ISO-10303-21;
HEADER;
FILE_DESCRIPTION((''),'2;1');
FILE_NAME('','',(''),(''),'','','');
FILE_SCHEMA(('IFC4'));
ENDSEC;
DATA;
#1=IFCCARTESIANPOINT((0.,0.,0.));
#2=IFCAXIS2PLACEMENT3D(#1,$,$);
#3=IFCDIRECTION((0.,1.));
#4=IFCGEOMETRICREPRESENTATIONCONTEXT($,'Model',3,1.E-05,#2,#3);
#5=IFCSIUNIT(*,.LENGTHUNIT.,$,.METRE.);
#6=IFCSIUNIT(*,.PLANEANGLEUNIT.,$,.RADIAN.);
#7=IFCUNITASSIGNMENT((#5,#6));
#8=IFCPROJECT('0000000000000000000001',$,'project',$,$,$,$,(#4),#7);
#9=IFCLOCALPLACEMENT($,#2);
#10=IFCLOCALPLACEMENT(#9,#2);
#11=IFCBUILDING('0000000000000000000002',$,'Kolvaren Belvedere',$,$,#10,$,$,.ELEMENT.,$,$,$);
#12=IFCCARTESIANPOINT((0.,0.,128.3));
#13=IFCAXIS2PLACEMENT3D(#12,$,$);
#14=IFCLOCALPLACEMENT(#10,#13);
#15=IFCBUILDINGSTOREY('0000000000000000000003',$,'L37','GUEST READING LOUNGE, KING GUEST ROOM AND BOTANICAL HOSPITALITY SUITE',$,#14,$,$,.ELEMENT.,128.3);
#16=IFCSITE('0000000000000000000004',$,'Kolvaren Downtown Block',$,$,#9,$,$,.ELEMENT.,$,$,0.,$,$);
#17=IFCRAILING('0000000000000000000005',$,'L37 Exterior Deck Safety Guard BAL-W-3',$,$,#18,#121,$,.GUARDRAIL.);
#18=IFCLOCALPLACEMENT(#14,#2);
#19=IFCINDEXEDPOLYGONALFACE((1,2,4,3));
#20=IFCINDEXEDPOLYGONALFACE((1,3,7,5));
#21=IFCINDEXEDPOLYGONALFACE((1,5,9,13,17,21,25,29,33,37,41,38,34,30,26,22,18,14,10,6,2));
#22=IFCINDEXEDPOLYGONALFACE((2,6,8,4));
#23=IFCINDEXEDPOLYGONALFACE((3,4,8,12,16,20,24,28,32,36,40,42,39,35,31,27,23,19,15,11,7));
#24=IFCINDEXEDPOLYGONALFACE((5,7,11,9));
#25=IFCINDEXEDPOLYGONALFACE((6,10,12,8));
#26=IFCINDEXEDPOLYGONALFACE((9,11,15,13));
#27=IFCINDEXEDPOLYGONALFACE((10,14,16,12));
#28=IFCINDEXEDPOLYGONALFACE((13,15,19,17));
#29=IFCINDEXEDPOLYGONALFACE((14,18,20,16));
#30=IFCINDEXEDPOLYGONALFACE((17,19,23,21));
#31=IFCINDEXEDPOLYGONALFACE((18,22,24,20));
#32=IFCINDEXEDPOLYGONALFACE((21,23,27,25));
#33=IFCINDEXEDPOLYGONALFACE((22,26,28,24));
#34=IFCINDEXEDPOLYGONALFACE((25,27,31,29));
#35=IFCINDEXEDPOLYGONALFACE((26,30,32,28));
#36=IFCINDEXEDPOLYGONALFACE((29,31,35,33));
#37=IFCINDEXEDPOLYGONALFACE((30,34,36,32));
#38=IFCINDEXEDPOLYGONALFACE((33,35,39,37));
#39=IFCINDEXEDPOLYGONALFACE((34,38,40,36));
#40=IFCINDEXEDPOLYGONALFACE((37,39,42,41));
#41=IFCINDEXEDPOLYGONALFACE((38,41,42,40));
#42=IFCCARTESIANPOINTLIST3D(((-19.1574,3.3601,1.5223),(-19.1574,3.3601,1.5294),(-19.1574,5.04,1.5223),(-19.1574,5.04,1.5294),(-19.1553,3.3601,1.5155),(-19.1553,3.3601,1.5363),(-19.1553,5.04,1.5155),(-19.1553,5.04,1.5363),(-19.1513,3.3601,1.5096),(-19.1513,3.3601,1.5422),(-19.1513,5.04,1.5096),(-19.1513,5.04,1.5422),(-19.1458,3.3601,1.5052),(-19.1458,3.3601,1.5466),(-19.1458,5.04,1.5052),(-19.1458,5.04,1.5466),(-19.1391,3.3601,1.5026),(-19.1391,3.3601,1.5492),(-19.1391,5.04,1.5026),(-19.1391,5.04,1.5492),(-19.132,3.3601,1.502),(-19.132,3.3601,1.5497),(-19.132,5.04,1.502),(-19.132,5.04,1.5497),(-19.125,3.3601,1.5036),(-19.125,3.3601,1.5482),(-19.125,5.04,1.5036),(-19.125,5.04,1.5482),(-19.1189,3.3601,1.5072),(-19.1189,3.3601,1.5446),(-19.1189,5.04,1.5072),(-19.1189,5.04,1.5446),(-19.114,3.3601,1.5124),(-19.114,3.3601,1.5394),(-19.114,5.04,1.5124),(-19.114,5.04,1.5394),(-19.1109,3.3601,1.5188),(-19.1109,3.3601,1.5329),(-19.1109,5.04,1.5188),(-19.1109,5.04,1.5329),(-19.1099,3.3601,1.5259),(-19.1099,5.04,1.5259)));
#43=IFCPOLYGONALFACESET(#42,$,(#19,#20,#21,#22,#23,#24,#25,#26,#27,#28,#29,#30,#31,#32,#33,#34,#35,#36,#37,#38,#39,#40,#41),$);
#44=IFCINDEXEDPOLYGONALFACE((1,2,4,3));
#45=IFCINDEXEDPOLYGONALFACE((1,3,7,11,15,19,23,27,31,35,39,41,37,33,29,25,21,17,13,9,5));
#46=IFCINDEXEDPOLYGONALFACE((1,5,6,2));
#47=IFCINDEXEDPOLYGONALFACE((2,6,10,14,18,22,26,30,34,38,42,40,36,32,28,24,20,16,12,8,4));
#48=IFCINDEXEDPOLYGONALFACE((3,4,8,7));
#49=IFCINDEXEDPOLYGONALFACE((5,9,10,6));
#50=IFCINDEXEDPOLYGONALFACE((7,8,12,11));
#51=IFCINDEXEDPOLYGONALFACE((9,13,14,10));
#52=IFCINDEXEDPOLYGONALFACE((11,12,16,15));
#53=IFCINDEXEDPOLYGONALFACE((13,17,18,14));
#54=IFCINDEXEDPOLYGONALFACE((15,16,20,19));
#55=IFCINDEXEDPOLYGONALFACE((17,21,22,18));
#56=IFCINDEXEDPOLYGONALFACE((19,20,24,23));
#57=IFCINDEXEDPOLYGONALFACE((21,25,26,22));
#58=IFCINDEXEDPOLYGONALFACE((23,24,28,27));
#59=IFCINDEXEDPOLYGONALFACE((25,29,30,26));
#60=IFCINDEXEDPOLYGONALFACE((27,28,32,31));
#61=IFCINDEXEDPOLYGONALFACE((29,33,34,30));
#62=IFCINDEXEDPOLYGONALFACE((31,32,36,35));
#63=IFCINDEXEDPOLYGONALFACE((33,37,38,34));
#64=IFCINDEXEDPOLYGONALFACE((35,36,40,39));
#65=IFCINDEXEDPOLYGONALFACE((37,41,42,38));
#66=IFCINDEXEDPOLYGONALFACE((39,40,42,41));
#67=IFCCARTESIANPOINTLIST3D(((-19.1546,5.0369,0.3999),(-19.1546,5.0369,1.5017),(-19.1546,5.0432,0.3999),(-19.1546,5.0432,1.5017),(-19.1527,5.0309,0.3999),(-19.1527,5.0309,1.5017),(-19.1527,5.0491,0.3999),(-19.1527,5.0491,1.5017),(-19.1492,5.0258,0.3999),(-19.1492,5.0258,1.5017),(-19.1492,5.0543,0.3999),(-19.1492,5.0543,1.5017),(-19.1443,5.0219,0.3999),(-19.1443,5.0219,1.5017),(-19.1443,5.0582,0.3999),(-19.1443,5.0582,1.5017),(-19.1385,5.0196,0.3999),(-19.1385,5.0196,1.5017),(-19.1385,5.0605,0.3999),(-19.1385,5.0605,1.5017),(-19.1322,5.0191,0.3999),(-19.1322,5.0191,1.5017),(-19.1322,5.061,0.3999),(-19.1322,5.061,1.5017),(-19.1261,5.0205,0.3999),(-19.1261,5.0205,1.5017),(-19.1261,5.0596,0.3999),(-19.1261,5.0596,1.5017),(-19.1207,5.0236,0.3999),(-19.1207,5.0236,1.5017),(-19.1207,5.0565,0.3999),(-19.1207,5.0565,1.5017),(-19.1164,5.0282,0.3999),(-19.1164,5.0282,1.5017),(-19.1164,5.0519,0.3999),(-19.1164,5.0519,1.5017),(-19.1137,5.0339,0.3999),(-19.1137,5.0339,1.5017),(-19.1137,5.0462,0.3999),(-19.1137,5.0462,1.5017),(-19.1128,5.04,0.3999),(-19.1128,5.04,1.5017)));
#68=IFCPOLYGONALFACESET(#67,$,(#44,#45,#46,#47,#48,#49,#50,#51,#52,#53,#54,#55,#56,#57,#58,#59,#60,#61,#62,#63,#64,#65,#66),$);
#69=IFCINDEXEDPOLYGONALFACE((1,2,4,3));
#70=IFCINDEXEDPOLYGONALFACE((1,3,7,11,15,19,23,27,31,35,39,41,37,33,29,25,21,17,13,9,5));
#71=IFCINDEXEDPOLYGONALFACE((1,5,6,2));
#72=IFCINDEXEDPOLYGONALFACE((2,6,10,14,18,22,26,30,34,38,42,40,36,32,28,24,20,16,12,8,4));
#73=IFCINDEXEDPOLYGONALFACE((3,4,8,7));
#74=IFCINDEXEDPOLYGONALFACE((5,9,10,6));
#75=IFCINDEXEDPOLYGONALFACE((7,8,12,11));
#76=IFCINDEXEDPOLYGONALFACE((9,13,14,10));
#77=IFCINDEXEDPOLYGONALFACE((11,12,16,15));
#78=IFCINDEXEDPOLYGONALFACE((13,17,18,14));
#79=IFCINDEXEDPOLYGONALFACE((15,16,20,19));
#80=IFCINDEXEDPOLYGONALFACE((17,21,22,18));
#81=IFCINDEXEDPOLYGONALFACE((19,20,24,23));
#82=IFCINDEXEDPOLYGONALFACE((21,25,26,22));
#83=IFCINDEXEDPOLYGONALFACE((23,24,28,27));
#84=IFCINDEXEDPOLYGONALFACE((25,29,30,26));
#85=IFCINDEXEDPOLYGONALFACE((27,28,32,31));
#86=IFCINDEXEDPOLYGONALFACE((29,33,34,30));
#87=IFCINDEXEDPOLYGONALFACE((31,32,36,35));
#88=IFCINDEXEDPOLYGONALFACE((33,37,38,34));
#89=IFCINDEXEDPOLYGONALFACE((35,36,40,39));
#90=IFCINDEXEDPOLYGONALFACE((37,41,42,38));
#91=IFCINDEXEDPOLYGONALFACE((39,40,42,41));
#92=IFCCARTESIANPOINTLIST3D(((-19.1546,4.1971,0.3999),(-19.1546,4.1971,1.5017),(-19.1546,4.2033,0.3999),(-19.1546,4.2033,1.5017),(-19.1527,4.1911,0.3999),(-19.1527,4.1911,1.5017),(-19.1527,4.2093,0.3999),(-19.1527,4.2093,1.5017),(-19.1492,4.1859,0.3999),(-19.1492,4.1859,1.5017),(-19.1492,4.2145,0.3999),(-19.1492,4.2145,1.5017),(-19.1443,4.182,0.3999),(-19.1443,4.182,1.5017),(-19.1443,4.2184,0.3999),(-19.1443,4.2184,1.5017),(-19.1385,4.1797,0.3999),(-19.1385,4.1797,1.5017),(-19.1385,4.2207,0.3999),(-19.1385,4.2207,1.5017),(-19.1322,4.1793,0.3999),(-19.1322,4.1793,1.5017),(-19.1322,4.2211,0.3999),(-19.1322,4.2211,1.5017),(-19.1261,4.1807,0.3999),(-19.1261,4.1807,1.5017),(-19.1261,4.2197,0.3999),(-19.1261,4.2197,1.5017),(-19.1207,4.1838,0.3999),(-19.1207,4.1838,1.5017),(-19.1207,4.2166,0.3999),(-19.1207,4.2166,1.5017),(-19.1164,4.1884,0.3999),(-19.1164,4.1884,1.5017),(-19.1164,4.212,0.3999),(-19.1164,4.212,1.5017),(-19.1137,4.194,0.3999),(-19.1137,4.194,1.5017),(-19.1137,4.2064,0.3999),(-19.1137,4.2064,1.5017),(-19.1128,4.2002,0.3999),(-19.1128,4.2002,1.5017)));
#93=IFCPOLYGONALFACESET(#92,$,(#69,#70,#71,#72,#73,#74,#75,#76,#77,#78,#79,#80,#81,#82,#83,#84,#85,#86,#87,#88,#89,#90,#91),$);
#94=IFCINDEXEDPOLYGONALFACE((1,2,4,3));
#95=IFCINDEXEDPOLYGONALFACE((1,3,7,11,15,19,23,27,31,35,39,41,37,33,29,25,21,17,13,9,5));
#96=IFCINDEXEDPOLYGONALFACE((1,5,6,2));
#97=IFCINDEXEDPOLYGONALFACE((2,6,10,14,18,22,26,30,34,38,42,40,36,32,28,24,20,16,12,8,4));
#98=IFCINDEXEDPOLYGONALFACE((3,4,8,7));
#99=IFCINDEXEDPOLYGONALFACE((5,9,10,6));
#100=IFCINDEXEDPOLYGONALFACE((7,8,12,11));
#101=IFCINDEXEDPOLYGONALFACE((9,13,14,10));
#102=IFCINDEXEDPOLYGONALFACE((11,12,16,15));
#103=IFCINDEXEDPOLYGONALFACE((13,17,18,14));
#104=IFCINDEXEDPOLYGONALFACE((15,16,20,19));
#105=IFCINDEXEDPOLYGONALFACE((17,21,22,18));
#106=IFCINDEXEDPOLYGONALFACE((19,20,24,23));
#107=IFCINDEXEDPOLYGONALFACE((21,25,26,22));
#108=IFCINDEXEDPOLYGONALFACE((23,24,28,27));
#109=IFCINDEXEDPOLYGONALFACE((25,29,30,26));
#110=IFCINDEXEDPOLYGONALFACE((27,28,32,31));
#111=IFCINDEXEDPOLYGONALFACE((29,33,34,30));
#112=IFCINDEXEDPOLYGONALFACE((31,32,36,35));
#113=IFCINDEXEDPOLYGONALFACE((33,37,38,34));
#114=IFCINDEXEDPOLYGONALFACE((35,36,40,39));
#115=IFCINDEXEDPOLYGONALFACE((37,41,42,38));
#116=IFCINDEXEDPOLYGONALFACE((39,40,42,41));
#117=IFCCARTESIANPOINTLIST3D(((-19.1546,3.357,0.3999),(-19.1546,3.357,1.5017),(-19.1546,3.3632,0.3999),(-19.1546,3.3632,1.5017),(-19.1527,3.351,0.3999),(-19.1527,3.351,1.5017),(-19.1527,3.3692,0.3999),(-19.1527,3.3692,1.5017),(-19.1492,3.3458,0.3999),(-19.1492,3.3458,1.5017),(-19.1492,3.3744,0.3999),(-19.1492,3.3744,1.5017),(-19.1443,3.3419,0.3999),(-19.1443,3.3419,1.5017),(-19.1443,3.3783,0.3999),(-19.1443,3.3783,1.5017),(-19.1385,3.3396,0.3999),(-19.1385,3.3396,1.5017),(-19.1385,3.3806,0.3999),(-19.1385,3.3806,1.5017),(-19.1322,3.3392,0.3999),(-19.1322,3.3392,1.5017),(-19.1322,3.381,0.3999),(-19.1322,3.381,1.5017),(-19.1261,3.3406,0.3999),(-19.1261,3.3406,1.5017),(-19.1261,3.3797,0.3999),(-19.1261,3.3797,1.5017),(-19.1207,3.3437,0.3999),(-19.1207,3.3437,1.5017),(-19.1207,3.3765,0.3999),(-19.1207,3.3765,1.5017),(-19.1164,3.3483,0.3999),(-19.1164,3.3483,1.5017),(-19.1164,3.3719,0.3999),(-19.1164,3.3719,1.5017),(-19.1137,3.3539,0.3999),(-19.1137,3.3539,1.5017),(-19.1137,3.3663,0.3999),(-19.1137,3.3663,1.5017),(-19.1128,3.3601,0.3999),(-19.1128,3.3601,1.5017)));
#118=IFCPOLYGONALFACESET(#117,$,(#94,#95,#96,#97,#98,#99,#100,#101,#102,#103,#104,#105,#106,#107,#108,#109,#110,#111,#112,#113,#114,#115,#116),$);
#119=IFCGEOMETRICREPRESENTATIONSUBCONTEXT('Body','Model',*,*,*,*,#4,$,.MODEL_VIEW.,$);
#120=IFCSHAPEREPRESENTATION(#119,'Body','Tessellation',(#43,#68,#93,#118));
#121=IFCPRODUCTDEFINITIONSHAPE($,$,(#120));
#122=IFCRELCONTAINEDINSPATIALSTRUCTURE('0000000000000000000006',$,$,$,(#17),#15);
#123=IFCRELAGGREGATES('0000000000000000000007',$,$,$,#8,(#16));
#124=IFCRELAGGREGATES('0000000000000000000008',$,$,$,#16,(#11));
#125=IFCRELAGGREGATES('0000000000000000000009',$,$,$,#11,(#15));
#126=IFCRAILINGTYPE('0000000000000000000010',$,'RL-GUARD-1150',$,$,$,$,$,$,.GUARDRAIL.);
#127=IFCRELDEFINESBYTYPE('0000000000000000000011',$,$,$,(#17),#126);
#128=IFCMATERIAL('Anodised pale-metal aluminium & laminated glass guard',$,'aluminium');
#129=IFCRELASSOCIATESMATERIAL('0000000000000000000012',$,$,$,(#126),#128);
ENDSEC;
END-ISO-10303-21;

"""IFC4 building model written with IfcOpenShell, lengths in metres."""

from ifc_helpers import new_model, si_unit, direction, frame, origin, origin_2d, place, context, subcontext, project, spatial, circle, extrude, material, type_object, element, save


model = new_model("IFC4")

# Units and contexts
model_context = context("Model", 3, precision=1e-05, world=origin(), true_north=direction((0.0, 1.0)))
body_context = subcontext(model_context, "Body", "Model", "MODEL_VIEW")
ifc_project = project(units=[si_unit("LENGTHUNIT", "METRE"), si_unit("PLANEANGLEUNIT", "RADIAN")], contexts=[model_context])

# Site, building, storey
site_placement = place(None, origin())
site = spatial("IfcSite", under=ifc_project, at=site_placement, Name="Kolvaren Downtown Block", CompositionType="ELEMENT", RefElevation=0.0)
building_placement = place(site_placement, origin())
building = spatial("IfcBuilding", under=site, at=building_placement, Name="Kolvaren Belvedere", CompositionType="ELEMENT")
storey_placement = place(building_placement, frame((0.0, 0.0, 128.3)))
storey = spatial("IfcBuildingStorey", under=building, at=storey_placement, Name="L37", Description="GUEST READING LOUNGE, KING GUEST ROOM AND BOTANICAL HOSPITALITY SUITE", CompositionType="ELEMENT", Elevation=128.3)

# Railing
ifc_material_1 = material(Name="Anodised pale-metal aluminium & laminated glass guard", Category="aluminium")
railing_type = type_object("IfcRailingType", Name="RL-GUARD-1150", PredefinedType="GUARDRAIL", material=ifc_material_1)
railing_1_placement = place(storey_placement, frame((-19.1338, 5.04, 0.3999)))
element("IfcRailing", 1, at=railing_1_placement, inside=storey, type_object=railing_type, Name="L37 Exterior Deck Safety Guard BAL-W-3", PredefinedType="GUARDRAIL", context=body_context, shape_type="SweptSolid", body=[
    extrude(circle(Radius=0.0239, at=origin_2d()), frame((0.0, 0.0, 1.126), z_axis=(0.0, -1.0, 0.0), x_axis=(1.0, 0.0, 0.0)), (0.0, 0.0, 1.0), 1.6799),
    extrude(circle(Radius=0.021, at=origin_2d()), origin(), (0.0, 0.0, 1.0), 1.1018),
    extrude(circle(Radius=0.021, at=origin_2d()), frame((0.0, -0.8398, 0.0)), (0.0, 0.0, 1.0), 1.1018),
    extrude(circle(Radius=0.021, at=origin_2d()), frame((0.0, -1.6799, 0.0)), (0.0, 0.0, 1.0), 1.1018),
])

save(model, "model.ifc")
